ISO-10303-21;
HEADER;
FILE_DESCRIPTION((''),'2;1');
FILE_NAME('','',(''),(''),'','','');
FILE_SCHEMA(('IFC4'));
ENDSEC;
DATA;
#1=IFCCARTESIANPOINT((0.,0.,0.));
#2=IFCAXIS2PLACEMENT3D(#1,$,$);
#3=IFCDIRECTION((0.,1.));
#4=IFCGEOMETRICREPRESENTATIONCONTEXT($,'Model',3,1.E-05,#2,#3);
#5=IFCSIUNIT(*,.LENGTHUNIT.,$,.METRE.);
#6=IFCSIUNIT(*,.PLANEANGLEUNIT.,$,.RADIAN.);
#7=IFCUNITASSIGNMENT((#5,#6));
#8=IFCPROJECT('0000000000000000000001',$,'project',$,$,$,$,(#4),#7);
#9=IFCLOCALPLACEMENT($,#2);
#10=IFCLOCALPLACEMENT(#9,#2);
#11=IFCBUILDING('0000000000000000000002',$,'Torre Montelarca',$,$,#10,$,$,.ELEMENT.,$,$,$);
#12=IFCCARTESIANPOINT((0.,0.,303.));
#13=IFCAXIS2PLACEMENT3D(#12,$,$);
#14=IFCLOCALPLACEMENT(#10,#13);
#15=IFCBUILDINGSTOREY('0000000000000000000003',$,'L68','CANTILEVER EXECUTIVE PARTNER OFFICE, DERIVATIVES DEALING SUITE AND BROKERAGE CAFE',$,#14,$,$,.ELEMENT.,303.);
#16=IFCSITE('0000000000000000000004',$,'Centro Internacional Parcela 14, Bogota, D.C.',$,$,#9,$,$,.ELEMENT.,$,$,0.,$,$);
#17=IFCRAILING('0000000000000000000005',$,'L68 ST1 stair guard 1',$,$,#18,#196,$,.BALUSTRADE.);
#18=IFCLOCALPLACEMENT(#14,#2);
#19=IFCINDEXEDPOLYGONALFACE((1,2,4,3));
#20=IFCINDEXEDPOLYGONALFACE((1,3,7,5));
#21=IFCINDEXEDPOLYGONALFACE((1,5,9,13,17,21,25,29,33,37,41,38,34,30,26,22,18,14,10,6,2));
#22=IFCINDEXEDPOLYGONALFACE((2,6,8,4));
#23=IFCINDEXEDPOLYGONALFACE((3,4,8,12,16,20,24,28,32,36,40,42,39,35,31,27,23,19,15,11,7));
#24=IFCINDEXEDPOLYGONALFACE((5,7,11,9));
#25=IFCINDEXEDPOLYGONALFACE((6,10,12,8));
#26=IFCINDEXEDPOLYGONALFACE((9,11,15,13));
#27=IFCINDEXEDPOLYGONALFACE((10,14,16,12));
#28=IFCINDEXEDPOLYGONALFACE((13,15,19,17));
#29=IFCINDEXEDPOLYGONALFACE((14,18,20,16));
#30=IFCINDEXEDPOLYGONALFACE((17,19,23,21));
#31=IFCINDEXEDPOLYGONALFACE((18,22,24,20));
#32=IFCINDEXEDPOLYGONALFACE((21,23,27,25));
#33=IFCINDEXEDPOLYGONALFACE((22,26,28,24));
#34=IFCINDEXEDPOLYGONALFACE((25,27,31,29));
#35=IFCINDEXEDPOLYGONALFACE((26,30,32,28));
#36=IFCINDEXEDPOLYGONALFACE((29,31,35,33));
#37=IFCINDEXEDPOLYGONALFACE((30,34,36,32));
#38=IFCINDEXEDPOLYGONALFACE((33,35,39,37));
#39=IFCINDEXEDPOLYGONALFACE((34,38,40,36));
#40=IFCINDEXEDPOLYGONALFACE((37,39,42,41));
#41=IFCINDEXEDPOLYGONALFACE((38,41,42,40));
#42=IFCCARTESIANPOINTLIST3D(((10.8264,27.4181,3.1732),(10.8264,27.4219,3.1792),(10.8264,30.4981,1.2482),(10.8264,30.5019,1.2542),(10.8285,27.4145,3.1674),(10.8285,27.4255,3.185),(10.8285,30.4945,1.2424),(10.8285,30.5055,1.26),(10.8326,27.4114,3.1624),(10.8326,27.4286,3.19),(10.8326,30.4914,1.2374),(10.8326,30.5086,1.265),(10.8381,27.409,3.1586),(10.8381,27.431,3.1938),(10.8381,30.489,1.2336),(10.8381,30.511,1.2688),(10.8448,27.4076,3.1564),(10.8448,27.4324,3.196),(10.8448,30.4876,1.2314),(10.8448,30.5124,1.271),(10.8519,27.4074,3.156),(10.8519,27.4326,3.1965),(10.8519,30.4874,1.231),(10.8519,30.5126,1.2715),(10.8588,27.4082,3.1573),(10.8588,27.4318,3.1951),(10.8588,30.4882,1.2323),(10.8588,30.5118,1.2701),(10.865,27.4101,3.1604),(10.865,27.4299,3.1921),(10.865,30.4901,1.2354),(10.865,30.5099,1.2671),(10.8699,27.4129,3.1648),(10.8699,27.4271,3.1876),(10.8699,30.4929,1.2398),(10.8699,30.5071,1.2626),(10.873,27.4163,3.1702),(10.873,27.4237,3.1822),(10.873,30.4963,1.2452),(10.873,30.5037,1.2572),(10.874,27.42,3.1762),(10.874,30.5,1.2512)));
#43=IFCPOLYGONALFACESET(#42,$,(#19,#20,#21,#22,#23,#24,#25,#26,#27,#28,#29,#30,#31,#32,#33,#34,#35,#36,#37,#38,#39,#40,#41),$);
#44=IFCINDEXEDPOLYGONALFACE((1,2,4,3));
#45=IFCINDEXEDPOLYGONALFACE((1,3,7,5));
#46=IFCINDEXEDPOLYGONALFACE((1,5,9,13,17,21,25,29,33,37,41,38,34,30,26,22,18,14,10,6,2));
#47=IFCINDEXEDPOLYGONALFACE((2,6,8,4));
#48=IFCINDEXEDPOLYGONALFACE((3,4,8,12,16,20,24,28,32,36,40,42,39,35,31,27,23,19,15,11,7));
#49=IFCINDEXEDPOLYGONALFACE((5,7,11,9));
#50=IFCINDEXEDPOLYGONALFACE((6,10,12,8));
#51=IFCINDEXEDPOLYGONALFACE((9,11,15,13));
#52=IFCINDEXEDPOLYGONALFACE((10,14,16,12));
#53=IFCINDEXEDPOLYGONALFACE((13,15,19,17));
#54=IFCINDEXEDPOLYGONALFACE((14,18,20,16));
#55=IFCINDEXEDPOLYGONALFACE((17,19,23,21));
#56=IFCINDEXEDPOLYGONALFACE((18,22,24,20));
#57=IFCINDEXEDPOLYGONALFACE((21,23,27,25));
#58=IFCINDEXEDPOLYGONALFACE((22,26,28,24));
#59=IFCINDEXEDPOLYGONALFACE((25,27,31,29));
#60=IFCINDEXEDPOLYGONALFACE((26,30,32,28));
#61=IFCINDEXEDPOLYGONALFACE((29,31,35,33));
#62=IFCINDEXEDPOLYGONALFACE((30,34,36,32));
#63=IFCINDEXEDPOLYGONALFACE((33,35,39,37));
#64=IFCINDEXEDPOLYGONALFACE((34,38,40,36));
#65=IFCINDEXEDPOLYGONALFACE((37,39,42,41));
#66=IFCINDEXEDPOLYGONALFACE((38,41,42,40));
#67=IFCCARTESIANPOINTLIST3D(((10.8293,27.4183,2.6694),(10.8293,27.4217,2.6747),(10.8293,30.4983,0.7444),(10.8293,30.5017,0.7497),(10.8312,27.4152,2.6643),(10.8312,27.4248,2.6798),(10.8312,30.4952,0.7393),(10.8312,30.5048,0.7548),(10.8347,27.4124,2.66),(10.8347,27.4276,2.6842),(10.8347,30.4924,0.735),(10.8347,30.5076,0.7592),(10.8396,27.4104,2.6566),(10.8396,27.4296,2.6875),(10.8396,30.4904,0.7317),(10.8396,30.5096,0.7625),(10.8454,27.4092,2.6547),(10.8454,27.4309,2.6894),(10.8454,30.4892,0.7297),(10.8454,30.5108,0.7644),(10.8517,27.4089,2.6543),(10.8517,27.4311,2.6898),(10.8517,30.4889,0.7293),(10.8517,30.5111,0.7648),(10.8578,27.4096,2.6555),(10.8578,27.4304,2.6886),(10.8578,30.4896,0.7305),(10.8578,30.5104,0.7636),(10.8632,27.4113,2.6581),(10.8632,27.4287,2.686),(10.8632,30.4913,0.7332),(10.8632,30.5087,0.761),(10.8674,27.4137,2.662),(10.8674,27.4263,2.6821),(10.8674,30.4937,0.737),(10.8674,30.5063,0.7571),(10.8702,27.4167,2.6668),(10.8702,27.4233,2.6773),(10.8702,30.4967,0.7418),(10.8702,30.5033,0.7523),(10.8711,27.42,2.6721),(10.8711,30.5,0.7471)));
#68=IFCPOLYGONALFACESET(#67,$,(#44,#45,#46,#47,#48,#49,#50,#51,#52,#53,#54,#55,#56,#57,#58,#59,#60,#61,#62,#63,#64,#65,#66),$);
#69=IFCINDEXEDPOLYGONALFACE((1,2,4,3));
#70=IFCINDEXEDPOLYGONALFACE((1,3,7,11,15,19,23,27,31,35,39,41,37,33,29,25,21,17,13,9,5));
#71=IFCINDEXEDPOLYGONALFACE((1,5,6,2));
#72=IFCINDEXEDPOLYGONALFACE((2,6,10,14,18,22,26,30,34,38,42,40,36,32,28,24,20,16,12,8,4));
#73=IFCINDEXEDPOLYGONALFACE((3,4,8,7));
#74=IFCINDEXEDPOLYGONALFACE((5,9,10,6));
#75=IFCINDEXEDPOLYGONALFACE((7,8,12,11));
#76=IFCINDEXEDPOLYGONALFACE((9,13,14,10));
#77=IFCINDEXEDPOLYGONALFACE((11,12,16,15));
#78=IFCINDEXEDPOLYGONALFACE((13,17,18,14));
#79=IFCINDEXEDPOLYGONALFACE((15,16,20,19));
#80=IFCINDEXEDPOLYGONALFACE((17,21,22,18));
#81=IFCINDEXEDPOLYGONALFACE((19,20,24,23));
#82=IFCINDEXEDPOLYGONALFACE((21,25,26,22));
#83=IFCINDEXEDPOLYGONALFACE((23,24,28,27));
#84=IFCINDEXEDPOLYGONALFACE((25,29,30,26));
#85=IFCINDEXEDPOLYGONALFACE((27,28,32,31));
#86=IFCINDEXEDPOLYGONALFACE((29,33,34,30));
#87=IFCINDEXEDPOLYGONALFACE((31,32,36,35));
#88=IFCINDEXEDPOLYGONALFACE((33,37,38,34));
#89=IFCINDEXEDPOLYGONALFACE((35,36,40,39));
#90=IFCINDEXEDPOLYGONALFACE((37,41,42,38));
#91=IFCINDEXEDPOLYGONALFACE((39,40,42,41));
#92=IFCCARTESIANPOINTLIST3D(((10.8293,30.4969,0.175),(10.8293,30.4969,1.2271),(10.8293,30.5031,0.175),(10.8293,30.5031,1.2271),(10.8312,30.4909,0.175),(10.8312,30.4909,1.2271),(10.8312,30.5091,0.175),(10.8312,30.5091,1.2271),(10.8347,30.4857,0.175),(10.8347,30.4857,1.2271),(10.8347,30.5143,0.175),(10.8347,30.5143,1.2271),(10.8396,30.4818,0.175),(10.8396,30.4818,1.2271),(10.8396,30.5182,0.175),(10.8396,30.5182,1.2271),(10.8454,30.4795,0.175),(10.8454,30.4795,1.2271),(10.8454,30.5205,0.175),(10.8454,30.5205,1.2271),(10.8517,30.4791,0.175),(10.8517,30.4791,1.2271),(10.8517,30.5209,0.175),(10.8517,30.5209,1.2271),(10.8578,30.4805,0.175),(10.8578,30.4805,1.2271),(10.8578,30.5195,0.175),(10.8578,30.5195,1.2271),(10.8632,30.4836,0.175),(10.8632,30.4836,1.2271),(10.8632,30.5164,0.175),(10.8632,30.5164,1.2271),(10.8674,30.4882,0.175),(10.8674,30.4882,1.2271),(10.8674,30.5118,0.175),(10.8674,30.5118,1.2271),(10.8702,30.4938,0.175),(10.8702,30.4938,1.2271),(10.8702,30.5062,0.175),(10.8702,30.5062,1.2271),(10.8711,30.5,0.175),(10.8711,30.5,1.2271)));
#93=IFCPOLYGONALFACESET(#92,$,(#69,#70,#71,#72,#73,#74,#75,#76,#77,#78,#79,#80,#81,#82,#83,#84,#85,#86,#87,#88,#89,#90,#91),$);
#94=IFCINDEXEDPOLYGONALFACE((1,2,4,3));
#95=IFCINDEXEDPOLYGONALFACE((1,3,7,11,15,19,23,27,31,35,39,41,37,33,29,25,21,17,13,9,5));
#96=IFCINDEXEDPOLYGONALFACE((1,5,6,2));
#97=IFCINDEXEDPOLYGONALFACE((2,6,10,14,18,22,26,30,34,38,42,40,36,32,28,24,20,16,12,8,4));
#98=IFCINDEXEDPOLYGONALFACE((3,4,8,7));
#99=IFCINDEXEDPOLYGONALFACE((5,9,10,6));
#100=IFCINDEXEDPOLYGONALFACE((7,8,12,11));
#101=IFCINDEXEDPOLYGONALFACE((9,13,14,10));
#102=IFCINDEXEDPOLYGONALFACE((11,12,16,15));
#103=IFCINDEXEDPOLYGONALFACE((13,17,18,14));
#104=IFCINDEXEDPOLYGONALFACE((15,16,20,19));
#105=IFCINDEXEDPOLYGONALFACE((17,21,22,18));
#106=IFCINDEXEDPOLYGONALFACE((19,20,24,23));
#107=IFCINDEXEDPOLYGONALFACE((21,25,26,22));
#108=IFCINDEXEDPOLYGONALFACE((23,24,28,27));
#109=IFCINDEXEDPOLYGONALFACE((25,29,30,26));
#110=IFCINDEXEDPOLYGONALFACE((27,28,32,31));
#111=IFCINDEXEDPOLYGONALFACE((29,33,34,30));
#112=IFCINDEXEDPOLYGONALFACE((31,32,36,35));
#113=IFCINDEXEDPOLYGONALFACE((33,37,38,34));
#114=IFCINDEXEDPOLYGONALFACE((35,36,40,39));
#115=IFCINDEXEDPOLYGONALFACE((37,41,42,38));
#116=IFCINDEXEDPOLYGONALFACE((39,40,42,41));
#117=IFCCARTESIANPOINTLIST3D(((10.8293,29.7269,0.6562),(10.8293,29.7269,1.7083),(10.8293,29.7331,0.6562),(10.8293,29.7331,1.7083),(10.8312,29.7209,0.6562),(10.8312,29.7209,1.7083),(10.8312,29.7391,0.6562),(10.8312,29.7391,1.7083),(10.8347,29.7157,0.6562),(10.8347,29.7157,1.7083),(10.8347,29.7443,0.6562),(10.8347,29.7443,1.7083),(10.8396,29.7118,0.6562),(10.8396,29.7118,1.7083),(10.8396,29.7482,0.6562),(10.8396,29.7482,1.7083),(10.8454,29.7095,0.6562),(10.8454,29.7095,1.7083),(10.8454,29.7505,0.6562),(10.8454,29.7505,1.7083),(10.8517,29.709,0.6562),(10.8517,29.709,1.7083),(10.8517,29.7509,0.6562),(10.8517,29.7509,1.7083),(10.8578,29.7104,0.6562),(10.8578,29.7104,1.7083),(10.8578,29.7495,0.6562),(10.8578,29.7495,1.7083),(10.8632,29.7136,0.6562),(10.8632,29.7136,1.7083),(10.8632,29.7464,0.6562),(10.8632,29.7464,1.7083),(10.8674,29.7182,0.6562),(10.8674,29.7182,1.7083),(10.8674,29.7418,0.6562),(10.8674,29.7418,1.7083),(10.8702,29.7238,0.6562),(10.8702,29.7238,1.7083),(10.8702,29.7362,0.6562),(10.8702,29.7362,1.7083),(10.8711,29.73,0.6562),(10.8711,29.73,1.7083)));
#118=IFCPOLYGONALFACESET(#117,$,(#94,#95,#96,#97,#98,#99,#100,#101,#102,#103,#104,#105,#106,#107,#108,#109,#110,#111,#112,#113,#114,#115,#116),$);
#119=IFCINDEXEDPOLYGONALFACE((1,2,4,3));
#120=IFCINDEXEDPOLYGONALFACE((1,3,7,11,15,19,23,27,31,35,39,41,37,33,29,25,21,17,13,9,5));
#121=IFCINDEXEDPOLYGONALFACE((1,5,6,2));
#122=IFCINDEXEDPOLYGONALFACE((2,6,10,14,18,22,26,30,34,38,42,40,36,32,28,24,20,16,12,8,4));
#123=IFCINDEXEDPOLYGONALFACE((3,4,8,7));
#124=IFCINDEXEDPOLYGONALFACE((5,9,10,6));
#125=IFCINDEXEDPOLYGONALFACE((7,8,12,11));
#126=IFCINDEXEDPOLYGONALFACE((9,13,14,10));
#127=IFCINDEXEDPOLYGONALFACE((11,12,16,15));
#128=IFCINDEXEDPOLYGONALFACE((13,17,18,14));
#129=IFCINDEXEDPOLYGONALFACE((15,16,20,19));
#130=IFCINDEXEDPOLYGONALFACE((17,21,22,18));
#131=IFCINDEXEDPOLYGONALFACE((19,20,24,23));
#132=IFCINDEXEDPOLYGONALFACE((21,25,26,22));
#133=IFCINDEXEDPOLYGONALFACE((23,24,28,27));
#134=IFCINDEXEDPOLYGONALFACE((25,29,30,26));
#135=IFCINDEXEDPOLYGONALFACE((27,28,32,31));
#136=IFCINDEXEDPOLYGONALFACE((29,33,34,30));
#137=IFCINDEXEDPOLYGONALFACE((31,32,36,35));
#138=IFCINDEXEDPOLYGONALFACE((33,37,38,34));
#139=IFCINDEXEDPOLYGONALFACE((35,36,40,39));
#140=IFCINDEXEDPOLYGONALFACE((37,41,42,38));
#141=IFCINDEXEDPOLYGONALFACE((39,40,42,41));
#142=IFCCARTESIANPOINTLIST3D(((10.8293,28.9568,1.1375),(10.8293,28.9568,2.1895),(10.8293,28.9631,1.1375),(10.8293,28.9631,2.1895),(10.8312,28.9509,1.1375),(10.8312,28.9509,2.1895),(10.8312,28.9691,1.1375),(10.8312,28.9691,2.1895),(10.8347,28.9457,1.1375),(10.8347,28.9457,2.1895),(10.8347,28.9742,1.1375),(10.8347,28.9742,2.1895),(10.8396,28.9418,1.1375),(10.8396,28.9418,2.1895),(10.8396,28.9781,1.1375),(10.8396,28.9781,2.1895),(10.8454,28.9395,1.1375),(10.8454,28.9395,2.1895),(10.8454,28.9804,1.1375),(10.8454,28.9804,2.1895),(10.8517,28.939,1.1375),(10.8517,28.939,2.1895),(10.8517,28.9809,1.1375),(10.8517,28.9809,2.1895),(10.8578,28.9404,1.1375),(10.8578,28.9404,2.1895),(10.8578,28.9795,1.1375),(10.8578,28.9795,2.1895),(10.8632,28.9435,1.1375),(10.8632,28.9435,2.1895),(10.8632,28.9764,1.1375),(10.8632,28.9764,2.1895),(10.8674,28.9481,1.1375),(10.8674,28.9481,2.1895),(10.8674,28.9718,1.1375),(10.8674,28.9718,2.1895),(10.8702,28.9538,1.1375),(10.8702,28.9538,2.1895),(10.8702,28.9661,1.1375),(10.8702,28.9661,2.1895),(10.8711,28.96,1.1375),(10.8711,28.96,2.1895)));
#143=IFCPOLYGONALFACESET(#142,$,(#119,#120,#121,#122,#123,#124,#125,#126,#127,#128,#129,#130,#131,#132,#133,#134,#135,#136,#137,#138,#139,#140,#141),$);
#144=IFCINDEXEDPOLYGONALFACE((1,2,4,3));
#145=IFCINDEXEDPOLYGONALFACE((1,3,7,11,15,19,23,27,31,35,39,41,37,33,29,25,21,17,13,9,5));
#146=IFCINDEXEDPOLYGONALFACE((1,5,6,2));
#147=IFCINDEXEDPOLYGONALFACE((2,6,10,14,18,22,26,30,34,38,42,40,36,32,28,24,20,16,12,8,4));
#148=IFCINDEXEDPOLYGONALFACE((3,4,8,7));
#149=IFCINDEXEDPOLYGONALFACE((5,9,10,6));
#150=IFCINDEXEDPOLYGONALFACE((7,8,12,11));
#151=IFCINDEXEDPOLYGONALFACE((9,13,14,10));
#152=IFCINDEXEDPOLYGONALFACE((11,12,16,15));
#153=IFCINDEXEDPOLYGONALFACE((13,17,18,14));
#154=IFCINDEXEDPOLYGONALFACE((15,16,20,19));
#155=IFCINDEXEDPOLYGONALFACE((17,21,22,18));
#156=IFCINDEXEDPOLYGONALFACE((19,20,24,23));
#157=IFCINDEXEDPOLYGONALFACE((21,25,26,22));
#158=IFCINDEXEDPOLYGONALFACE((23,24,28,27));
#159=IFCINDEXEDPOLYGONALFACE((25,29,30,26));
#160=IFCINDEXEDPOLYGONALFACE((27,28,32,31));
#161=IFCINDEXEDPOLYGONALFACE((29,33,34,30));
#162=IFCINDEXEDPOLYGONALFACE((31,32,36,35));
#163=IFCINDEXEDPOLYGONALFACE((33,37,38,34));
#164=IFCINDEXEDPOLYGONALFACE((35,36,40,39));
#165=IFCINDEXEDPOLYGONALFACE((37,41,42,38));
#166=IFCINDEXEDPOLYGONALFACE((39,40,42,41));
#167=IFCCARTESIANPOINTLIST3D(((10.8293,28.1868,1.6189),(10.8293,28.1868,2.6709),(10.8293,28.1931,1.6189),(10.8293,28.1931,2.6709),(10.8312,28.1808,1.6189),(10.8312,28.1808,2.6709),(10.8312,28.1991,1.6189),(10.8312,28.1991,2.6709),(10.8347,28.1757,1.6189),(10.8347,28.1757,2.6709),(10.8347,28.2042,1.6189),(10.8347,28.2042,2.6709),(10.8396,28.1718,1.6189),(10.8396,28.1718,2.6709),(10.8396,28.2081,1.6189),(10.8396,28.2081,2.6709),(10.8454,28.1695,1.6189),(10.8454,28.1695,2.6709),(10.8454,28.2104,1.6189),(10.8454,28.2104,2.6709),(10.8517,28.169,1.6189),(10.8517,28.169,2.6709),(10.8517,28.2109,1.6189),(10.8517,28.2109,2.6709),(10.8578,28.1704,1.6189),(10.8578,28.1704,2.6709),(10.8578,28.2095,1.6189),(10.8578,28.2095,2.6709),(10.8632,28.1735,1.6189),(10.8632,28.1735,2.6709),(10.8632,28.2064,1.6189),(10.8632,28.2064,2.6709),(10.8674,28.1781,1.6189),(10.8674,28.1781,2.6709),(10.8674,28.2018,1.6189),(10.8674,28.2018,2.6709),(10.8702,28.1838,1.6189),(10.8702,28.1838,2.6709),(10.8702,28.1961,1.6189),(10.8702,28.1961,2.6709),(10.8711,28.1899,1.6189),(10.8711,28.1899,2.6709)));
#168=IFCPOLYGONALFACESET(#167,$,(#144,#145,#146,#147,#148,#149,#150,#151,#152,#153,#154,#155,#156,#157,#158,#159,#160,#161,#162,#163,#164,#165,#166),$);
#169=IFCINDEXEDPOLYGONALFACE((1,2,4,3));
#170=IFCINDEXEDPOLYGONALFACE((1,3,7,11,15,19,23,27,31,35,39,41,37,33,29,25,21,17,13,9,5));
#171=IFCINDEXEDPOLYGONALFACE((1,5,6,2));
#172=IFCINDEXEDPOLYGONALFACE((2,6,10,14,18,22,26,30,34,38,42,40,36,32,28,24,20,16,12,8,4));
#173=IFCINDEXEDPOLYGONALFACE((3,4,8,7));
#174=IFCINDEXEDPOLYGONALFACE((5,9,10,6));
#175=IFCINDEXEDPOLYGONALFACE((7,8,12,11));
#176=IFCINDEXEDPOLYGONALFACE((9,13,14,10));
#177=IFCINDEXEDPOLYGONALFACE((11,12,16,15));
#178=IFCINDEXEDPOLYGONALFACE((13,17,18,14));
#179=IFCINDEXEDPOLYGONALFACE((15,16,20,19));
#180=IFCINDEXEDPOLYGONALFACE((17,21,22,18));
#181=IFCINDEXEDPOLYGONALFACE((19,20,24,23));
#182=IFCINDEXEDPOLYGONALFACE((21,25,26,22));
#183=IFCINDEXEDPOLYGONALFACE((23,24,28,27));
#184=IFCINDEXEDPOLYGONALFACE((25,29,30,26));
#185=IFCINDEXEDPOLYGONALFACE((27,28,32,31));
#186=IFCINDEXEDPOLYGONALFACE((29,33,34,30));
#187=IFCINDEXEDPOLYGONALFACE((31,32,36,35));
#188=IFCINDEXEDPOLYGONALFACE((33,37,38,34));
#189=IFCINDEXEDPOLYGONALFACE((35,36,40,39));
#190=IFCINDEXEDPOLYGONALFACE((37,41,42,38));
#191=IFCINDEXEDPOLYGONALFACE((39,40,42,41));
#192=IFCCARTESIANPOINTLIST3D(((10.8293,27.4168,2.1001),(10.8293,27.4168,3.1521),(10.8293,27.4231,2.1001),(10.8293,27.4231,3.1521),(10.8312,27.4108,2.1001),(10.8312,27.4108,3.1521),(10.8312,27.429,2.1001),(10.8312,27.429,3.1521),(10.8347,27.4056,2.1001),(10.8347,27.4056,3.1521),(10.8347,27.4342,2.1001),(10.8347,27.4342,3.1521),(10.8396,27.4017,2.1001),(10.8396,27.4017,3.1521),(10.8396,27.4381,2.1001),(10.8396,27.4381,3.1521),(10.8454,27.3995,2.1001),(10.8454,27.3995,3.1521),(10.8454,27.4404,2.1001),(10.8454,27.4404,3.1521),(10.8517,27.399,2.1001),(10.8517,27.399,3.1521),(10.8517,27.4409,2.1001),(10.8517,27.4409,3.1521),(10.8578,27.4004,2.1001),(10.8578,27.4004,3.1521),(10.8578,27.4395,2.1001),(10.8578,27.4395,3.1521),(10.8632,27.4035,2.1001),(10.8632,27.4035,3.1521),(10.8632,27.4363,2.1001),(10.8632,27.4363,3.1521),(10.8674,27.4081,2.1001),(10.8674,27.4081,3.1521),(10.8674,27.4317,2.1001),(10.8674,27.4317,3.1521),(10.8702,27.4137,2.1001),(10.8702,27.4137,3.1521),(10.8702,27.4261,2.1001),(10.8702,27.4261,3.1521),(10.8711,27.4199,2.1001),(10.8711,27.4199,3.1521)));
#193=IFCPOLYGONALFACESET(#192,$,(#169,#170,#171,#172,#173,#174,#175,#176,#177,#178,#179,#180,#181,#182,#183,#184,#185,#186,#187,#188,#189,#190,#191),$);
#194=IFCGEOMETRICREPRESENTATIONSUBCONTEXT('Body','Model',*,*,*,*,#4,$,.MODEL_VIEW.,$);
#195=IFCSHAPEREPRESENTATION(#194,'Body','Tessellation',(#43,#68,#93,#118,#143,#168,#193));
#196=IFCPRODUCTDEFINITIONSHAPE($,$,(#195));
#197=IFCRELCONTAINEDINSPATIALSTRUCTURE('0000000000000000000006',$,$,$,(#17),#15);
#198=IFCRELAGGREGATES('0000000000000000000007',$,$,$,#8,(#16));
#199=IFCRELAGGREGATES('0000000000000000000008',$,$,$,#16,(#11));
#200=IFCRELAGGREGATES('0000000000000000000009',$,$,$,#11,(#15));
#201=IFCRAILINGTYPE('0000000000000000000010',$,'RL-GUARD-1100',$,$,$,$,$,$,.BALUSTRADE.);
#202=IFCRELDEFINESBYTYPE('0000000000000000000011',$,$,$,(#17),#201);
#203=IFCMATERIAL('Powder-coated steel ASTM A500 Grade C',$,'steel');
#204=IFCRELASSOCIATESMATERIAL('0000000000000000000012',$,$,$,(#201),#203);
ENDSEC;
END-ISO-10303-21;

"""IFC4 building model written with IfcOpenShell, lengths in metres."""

from ifc_helpers import new_model, si_unit, direction, frame, origin, origin_2d, place, context, subcontext, project, spatial, circle, extrude, material, type_object, element, save


model = new_model("IFC4")

# Units and contexts
model_context = context("Model", 3, precision=1e-05, world=origin(), true_north=direction((0.0, 1.0)))
body_context = subcontext(model_context, "Body", "Model", "MODEL_VIEW")
ifc_project = project(units=[si_unit("LENGTHUNIT", "METRE"), si_unit("PLANEANGLEUNIT", "RADIAN")], contexts=[model_context])

# Site, building, storey
site_placement = place(None, origin())
site = spatial("IfcSite", under=ifc_project, at=site_placement, Name="Centro Internacional Parcela 14, Bogota, D.C.", CompositionType="ELEMENT", RefElevation=0.0)
building_placement = place(site_placement, origin())
building = spatial("IfcBuilding", under=site, at=building_placement, Name="Torre Montelarca", CompositionType="ELEMENT")
storey_placement = place(building_placement, frame((0.0, 0.0, 303.0)))
storey = spatial("IfcBuildingStorey", under=building, at=storey_placement, Name="L68", Description="CANTILEVER EXECUTIVE PARTNER OFFICE, DERIVATIVES DEALING SUITE AND BROKERAGE CAFE", CompositionType="ELEMENT", Elevation=303.0)

# Railing
ifc_material_1 = material(Name="Powder-coated steel ASTM A500 Grade C", Category="steel")
railing_type_1 = type_object("IfcRailingType", Name="RL-GUARD-1100", PredefinedType="BALUSTRADE", material=ifc_material_1)
railing_1_placement = place(storey_placement, frame((10.8501, 30.5, 0.175)))
element("IfcRailing", 1, at=railing_1_placement, inside=storey, type_object=railing_type_1, Name="L68 ST1 stair guard 1", PredefinedType="BALUSTRADE", context=body_context, shape_type="SweptSolid", body=[
    extrude(circle(Radius=0.0239, at=origin_2d()), frame((0.0, 0.0, 1.0762), z_axis=(0.0, -0.847998, 0.529999), x_axis=(1.0, 0.0, 0.0)), (0.0, 0.0, 1.0), 3.6321),
    extrude(circle(Radius=0.021, at=origin_2d()), frame((0.0, 0.0, 0.572), z_axis=(0.0, -0.847998, 0.529999), x_axis=(1.0, 0.0, 0.0)), (0.0, 0.0, 1.0), 3.6321),
    extrude(circle(Radius=0.021, at=origin_2d()), origin(), (0.0, 0.0, 1.0), 1.052),
    extrude(circle(Radius=0.021, at=origin_2d()), frame((0.0, -0.77, 0.4812)), (0.0, 0.0, 1.0), 1.052),
    extrude(circle(Radius=0.021, at=origin_2d()), frame((0.0, -1.54, 0.9624)), (0.0, 0.0, 1.0), 1.052),
    extrude(circle(Radius=0.021, at=origin_2d()), frame((0.0, -2.3101, 1.4438)), (0.0, 0.0, 1.0), 1.052),
    extrude(circle(Radius=0.021, at=origin_2d()), frame((0.0, -3.0801, 1.925)), (0.0, 0.0, 1.0), 1.052),
])

save(model, "model.ifc")
